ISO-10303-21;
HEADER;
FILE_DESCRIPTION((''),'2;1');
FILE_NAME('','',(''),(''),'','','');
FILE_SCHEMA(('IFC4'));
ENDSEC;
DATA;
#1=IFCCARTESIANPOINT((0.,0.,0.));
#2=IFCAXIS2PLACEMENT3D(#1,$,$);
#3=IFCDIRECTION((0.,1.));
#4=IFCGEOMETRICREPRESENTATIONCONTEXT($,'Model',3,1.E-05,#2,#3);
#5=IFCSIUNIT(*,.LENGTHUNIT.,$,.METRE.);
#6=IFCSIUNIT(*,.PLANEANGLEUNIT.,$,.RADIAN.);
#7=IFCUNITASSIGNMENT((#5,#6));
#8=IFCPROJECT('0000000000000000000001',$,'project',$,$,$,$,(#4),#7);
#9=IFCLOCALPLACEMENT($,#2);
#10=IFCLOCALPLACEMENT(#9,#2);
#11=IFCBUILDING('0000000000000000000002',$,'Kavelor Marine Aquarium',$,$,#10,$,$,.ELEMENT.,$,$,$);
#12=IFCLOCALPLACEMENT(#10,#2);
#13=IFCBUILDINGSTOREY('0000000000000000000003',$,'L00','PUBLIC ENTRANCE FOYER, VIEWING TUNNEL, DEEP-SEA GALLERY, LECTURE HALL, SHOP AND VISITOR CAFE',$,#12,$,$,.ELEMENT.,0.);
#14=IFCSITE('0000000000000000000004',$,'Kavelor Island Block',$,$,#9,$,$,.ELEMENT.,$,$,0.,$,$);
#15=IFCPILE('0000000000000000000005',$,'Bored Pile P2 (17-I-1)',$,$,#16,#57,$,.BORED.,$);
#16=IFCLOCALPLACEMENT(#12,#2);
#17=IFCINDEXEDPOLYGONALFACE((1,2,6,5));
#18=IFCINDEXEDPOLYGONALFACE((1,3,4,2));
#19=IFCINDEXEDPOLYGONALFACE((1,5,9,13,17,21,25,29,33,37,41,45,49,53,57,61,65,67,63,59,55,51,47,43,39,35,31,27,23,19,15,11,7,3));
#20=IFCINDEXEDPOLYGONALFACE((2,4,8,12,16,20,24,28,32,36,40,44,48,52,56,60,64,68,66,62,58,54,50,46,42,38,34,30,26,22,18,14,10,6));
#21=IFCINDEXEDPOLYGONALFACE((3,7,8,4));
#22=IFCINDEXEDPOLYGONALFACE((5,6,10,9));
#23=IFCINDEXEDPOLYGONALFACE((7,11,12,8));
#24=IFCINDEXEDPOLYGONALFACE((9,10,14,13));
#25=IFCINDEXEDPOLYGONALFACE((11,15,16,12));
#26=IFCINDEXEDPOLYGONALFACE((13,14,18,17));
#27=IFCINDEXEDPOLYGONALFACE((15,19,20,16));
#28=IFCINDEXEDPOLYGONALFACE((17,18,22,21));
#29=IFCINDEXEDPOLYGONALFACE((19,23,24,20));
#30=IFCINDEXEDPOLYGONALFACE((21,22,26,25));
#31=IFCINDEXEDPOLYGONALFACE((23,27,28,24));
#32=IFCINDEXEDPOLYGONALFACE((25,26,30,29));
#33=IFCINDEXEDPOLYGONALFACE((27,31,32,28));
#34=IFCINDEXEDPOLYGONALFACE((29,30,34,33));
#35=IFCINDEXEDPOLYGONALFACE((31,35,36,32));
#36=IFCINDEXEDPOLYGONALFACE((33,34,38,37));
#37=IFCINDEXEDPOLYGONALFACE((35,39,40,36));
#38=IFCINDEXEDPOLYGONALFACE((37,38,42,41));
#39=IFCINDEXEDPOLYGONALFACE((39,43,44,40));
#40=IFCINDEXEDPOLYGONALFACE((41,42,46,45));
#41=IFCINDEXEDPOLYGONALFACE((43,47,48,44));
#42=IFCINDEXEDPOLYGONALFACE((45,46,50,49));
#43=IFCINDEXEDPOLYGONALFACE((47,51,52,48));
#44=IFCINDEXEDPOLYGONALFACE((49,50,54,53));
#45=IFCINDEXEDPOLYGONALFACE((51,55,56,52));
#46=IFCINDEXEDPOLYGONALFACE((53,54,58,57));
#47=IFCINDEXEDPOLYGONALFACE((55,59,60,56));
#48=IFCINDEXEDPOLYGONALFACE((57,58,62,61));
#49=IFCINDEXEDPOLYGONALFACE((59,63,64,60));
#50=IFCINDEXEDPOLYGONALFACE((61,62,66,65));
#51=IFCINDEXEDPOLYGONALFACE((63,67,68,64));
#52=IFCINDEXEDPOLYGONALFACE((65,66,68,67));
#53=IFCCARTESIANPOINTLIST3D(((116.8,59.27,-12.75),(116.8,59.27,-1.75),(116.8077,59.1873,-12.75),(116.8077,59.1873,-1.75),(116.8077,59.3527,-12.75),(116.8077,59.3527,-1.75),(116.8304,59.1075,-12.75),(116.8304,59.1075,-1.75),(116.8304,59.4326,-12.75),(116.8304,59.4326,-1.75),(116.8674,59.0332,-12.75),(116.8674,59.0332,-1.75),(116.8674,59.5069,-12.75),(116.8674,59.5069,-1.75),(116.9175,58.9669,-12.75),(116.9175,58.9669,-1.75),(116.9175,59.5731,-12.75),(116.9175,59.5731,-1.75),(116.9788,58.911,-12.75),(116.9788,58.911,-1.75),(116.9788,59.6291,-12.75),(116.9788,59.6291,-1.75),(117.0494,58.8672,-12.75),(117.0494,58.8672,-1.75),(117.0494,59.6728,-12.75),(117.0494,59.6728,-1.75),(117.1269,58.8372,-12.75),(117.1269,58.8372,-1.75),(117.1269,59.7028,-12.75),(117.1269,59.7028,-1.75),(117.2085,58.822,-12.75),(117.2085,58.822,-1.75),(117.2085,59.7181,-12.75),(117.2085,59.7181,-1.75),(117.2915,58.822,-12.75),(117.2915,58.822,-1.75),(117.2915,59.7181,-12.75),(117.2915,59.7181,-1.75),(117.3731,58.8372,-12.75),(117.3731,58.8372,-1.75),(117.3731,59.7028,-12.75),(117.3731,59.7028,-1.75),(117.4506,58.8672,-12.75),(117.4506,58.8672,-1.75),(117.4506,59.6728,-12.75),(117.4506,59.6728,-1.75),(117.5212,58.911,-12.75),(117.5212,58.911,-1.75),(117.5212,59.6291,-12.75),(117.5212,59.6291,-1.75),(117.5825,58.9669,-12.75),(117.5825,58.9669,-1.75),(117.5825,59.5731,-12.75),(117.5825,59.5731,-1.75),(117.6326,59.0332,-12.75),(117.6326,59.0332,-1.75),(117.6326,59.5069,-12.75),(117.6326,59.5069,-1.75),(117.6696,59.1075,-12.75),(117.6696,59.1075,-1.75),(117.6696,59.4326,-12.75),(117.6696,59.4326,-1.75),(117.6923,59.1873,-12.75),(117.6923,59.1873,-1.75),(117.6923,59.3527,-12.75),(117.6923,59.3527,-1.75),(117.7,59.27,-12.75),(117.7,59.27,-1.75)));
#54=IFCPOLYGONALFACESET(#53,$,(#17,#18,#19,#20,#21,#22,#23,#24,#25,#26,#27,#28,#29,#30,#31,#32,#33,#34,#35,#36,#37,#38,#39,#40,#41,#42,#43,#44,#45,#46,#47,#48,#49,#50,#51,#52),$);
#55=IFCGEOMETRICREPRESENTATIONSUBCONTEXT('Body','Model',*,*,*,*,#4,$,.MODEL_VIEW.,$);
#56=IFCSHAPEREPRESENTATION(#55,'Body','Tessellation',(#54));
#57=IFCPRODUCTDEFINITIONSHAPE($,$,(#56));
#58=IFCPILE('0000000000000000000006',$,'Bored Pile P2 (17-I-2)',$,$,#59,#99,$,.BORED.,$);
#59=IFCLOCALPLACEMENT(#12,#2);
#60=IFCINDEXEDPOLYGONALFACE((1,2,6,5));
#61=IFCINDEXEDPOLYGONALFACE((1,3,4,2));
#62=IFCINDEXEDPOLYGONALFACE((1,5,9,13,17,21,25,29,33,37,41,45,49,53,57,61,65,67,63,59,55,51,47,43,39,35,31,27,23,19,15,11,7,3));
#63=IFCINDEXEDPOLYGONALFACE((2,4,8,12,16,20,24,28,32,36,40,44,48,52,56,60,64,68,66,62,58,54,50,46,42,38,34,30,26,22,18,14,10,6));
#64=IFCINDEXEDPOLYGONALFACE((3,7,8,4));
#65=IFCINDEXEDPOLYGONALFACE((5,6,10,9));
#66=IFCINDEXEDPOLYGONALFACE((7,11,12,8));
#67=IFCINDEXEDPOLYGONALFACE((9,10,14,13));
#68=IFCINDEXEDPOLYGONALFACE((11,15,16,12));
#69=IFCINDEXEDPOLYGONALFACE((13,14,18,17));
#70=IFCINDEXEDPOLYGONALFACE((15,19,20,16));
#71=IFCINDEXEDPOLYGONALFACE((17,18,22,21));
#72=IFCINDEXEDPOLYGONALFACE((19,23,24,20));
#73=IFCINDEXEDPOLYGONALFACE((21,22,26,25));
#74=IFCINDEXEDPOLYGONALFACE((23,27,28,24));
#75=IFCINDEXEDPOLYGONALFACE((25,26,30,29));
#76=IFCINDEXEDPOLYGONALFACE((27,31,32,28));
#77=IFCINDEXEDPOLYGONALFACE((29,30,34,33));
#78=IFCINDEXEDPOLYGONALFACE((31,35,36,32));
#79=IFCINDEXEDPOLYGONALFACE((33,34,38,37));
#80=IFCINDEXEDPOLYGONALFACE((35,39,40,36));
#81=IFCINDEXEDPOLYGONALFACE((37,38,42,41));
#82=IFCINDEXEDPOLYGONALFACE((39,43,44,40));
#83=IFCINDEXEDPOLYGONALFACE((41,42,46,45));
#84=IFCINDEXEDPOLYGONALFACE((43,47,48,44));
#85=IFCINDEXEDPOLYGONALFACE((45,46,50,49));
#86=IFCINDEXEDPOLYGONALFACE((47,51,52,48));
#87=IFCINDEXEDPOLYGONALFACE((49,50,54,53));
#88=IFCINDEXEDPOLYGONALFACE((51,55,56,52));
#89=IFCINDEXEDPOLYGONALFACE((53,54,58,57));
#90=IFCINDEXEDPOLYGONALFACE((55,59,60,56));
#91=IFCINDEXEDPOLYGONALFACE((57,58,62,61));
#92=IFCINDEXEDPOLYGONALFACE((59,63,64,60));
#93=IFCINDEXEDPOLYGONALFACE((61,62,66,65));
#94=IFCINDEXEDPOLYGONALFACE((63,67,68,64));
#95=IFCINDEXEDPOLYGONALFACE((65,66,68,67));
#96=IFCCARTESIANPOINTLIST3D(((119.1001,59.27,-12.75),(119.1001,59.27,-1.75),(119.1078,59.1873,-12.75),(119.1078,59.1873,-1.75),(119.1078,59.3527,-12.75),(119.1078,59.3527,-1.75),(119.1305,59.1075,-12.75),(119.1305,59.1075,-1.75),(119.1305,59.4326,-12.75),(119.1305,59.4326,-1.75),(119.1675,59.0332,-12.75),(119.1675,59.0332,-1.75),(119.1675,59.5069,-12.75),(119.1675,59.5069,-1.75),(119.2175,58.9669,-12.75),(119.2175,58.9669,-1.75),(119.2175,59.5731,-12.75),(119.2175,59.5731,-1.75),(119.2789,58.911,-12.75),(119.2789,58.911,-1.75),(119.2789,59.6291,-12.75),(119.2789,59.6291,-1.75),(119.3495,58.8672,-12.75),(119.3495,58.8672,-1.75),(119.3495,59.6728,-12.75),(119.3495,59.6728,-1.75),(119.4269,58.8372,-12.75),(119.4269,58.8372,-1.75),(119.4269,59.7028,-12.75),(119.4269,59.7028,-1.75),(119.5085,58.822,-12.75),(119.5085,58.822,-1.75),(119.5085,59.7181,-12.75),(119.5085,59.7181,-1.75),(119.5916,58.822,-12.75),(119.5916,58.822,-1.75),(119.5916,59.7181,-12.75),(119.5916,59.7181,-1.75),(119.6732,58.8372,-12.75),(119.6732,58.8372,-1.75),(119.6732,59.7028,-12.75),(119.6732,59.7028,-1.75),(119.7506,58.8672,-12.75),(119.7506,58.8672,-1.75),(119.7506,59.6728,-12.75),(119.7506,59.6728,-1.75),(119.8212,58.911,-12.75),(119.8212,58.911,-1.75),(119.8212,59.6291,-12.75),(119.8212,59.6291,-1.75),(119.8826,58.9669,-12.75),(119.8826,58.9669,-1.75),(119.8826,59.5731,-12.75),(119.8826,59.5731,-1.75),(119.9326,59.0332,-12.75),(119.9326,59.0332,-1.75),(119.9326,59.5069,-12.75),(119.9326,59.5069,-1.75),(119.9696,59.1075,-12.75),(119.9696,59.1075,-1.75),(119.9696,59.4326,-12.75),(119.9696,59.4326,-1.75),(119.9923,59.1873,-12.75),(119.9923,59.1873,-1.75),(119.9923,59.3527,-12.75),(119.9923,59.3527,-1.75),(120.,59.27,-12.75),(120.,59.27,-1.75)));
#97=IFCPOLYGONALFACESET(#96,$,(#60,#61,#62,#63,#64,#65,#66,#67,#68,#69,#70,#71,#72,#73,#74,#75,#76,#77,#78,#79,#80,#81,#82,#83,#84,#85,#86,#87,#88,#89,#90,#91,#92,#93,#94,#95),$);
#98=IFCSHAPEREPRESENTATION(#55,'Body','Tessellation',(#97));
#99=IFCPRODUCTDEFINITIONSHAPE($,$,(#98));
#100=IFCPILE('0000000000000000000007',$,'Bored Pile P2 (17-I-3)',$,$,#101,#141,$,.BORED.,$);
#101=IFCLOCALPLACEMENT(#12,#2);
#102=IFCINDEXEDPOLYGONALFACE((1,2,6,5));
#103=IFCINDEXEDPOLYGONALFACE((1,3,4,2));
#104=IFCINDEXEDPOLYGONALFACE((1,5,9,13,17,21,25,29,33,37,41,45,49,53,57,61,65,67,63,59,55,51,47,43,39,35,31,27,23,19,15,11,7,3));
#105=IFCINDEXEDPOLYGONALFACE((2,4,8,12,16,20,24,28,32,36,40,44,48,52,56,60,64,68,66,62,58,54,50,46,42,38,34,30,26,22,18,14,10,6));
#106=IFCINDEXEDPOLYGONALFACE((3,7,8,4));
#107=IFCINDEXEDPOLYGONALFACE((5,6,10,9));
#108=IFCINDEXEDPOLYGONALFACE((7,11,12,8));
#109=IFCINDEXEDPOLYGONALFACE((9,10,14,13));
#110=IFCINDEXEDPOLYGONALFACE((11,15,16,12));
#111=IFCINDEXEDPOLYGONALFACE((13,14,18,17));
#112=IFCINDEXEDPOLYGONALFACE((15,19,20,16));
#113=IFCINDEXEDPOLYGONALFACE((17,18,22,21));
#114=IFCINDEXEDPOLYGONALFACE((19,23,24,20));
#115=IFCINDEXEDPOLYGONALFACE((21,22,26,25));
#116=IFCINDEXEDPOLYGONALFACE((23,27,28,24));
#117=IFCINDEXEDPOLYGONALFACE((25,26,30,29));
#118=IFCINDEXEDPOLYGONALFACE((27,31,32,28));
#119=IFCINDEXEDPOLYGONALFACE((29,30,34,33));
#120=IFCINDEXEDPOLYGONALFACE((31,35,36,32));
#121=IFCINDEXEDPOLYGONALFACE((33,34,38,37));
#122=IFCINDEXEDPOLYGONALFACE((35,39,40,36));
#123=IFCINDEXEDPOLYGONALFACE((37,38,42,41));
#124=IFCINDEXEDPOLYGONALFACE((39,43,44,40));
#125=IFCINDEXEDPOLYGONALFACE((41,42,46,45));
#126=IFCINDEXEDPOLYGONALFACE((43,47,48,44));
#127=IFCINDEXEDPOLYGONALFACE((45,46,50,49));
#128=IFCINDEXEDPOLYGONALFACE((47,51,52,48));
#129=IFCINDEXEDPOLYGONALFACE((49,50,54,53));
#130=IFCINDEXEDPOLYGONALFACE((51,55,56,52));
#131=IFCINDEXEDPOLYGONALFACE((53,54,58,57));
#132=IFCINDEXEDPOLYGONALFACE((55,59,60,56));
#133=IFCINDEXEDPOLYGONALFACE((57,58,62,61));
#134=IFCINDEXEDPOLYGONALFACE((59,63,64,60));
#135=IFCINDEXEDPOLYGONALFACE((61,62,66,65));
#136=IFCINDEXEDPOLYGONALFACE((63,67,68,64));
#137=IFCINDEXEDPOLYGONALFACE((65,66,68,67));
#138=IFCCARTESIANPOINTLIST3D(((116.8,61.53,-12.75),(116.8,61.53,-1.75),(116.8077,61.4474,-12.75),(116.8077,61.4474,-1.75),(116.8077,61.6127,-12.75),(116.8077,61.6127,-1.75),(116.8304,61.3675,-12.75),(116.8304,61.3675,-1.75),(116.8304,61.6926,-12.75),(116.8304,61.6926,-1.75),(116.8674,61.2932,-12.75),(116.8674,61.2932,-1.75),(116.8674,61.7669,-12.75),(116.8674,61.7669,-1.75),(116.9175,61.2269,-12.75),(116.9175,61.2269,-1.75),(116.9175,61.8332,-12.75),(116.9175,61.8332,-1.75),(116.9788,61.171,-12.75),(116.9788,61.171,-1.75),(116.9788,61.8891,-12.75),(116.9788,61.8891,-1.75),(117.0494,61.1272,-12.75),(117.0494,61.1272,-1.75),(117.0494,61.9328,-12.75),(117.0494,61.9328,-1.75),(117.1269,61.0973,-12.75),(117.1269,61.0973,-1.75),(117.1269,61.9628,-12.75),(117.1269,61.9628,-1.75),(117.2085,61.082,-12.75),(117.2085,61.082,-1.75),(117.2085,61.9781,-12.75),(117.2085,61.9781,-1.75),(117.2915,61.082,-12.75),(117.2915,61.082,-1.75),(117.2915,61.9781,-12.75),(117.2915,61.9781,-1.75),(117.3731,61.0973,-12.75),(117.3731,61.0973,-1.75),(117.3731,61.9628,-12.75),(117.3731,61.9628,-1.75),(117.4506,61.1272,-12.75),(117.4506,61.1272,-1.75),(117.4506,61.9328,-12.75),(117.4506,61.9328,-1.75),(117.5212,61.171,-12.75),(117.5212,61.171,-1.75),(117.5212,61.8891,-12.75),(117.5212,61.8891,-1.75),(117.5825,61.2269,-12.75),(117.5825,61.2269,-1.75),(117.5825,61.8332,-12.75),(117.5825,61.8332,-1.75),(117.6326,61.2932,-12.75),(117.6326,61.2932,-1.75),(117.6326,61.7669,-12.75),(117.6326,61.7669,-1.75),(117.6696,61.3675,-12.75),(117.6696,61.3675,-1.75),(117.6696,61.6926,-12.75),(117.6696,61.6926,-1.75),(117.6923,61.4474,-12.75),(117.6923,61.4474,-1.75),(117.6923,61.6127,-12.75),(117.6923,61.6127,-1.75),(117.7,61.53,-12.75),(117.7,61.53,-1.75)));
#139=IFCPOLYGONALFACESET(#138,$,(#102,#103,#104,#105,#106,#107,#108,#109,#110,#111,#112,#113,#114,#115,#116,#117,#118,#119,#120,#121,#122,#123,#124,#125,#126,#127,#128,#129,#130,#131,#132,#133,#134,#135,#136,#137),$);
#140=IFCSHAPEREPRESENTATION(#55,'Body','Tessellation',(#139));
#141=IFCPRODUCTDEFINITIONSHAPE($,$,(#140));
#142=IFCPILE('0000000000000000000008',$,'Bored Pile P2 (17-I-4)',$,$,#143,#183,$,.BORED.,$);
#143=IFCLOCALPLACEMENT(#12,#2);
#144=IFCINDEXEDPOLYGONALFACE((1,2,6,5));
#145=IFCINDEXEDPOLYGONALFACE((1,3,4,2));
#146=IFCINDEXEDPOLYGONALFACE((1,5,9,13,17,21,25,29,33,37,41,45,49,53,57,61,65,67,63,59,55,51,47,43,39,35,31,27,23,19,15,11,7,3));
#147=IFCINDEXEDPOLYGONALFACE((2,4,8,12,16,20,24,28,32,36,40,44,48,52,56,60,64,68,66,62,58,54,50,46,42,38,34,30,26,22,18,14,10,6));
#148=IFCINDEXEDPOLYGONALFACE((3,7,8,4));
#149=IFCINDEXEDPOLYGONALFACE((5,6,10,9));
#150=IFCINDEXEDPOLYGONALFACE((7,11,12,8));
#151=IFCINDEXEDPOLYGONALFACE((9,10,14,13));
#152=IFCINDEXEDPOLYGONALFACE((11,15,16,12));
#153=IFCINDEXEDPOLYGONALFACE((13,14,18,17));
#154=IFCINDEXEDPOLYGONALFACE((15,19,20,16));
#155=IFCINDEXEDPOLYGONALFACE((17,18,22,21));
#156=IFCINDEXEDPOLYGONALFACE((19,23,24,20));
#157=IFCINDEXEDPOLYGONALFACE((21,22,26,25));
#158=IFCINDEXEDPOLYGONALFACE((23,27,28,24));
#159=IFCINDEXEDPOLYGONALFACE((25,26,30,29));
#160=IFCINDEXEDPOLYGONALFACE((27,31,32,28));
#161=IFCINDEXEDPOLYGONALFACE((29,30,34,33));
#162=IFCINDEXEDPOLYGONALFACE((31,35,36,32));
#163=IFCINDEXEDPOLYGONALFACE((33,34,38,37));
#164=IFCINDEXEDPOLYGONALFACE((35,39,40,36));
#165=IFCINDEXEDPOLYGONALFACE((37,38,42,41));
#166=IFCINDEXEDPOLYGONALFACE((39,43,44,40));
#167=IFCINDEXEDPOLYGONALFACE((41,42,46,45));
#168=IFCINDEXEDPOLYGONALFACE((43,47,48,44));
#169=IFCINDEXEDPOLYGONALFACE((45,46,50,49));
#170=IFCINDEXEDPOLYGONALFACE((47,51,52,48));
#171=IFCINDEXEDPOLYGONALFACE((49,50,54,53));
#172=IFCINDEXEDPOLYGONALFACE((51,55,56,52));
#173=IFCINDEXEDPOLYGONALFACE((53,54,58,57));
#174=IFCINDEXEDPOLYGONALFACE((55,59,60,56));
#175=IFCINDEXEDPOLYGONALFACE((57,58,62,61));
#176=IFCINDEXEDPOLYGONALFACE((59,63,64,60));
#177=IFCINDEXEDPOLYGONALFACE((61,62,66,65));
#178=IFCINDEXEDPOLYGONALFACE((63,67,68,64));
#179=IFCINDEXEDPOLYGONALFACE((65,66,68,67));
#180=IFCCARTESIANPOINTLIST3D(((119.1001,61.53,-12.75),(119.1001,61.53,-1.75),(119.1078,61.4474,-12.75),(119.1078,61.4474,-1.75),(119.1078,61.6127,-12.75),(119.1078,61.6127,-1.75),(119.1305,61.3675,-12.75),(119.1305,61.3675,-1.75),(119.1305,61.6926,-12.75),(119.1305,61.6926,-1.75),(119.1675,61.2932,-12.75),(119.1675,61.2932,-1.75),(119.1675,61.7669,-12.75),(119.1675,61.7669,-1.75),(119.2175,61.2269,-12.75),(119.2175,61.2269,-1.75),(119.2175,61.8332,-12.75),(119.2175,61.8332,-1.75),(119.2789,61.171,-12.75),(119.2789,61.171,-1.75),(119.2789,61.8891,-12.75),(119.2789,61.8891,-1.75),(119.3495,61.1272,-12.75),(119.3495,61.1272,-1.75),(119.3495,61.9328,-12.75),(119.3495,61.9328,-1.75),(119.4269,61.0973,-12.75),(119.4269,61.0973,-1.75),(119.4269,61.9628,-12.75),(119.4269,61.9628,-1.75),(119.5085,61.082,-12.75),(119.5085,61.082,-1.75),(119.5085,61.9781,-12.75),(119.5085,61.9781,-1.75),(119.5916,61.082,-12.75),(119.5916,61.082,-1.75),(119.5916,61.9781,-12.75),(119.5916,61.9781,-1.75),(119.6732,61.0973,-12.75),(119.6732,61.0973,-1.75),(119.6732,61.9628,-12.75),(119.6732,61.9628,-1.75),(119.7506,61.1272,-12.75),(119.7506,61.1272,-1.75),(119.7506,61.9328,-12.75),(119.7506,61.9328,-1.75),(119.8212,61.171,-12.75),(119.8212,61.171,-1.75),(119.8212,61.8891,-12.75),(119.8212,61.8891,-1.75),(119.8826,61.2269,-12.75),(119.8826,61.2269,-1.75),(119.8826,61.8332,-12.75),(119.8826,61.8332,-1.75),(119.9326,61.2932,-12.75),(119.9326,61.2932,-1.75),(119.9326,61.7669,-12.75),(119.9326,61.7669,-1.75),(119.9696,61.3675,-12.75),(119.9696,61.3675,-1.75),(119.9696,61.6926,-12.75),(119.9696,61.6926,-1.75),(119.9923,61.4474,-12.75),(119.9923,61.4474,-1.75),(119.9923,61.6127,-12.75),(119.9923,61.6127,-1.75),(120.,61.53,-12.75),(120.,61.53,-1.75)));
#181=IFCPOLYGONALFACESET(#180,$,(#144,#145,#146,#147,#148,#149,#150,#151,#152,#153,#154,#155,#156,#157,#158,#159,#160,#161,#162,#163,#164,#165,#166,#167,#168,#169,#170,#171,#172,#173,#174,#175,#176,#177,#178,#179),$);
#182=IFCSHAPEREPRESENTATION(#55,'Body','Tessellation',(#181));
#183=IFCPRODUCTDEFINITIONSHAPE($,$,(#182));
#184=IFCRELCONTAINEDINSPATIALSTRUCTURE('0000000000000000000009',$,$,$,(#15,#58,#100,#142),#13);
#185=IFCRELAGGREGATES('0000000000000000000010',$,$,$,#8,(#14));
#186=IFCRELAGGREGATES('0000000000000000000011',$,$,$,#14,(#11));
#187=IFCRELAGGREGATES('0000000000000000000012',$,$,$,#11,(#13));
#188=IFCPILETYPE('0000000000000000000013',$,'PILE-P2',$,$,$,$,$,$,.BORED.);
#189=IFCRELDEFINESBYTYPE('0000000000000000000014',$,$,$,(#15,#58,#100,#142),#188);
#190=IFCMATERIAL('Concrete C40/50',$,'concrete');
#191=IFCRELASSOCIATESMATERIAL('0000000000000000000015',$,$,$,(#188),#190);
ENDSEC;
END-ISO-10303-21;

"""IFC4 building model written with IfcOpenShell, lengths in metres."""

from ifc_helpers import new_model, si_unit, direction, frame, origin, origin_2d, place, context, subcontext, project, spatial, circle, extrude, material, material_profile, profile_set, type_object, element, save


model = new_model("IFC4")

# Units and contexts
model_context = context("Model", 3, precision=1e-05, world=origin(), true_north=direction((0.0, 1.0)))
body_context = subcontext(model_context, "Body", "Model", "MODEL_VIEW")
ifc_project = project(units=[si_unit("LENGTHUNIT", "METRE"), si_unit("PLANEANGLEUNIT", "RADIAN")], contexts=[model_context])

# Site, building, storey
site_placement = place(None, origin())
site = spatial("IfcSite", under=ifc_project, at=site_placement, Name="Kavelor Island Block", CompositionType="ELEMENT", RefElevation=0.0)
building_placement = place(site_placement, origin())
building = spatial("IfcBuilding", under=site, at=building_placement, Name="Kavelor Marine Aquarium", CompositionType="ELEMENT")
storey_placement = place(building_placement, origin())
storey = spatial("IfcBuildingStorey", under=building, at=storey_placement, Name="L00", Description="PUBLIC ENTRANCE FOYER, VIEWING TUNNEL, DEEP-SEA GALLERY, LECTURE HALL, SHOP AND VISITOR CAFE", CompositionType="ELEMENT", Elevation=0.0)

# Piles
ifc_material_1 = material(Name="Concrete C40/50", Category="concrete")
ifc_material_profile_1 = material_profile(ifc_material_1, circle(Radius=0.45, at=origin_2d()), Name="PILE D900")
ifc_profile_set_1 = profile_set([ifc_material_profile_1], Name="Concrete C40/50")
pile_type_1 = type_object("IfcPileType", Name="PILE-P2", PredefinedType="BORED", material=ifc_profile_set_1)
for number, where, z_axis, x_axis, name in (
    (1, (117.25, 59.27, -1.75), (0.0, 0.0, -1.0), (1.0, 0.0, 0.0), "Bored Pile P2 (17-I-1)"),
    (2, (119.55, 59.27, -1.75), (0.0, 0.0, -1.0), (1.0, 0.0, 0.0), "Bored Pile P2 (17-I-2)"),
    (3, (117.25, 61.53, -1.75), (0.0, 0.0, -1.0), (1.0, 0.0, 0.0), "Bored Pile P2 (17-I-3)"),
    (4, (119.55, 61.53, -1.75), (0.0, 0.0, -1.0), (1.0, 0.0, 0.0), "Bored Pile P2 (17-I-4)"),
):
    element("IfcPile", number, at=place(storey_placement, frame(where, z_axis=z_axis, x_axis=x_axis)), inside=storey, type_object=pile_type_1, Name=name, PredefinedType="BORED", context=body_context, shape_type="SweptSolid", body=[
        extrude(circle(Radius=0.45, at=origin_2d()), origin(), (0.0, 0.0, 1.0), 11.0),
    ])

save(model, "model.ifc")
